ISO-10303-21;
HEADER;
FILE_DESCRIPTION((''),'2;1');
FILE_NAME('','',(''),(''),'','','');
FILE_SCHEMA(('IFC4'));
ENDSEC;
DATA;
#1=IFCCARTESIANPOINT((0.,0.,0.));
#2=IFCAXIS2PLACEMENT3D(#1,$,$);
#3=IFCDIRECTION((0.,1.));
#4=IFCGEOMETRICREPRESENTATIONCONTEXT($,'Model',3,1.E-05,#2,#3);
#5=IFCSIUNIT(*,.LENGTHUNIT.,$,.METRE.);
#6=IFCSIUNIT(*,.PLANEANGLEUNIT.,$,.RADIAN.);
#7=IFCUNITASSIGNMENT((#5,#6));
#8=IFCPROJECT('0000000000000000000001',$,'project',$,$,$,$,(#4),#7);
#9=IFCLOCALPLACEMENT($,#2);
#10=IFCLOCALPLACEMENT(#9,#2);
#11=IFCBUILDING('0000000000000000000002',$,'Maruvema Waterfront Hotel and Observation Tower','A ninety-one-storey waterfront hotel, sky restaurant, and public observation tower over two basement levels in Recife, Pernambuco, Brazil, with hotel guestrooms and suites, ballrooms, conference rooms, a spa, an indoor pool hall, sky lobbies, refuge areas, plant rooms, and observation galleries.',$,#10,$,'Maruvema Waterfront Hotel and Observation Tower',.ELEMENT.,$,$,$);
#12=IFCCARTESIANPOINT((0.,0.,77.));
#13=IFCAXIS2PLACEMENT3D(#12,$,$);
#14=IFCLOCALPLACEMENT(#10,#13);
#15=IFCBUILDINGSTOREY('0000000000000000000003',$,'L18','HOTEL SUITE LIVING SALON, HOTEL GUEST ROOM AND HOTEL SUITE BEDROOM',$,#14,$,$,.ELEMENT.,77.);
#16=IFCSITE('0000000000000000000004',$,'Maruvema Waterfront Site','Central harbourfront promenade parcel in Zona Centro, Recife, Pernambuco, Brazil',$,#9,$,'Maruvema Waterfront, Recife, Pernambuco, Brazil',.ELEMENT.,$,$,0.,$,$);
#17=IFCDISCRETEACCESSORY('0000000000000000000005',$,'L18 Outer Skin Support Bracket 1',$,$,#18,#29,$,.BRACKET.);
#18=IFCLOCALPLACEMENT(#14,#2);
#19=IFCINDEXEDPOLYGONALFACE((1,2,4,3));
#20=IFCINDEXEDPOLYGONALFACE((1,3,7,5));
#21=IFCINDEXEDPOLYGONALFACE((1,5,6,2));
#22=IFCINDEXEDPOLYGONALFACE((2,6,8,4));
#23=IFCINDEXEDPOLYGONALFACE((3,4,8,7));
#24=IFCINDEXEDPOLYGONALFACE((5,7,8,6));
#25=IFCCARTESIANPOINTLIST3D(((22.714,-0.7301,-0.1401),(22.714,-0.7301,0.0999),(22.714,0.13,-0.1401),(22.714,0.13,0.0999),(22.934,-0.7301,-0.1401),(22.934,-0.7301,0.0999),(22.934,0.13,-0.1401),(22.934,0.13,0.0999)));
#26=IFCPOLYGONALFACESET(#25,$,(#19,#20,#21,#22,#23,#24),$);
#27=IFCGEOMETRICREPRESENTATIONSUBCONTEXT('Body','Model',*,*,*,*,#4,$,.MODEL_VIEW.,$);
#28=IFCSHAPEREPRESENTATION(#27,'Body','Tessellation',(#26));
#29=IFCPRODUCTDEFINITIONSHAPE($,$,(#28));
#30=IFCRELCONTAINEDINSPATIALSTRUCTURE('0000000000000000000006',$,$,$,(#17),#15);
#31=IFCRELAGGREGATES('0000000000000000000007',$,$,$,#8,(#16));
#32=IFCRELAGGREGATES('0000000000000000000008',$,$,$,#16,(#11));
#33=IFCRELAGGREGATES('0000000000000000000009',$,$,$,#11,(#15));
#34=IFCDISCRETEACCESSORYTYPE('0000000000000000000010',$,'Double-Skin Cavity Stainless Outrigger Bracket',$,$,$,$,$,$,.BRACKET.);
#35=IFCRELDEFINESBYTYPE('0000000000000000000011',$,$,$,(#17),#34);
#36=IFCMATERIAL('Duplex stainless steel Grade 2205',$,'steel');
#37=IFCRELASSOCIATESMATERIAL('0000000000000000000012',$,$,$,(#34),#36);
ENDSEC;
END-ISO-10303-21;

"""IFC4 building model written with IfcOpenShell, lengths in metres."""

from ifc_helpers import new_model, si_unit, direction, frame, origin, origin_2d, place, context, subcontext, project, spatial, rectangle, extrude, material, type_object, element, save


model = new_model("IFC4")

# Units and contexts
model_context = context("Model", 3, precision=1e-05, world=origin(), true_north=direction((0.0, 1.0)))
body_context = subcontext(model_context, "Body", "Model", "MODEL_VIEW")
ifc_project = project(units=[si_unit("LENGTHUNIT", "METRE"), si_unit("PLANEANGLEUNIT", "RADIAN")], contexts=[model_context])

# Site, building, storey
site_placement = place(None, origin())
site = spatial("IfcSite", under=ifc_project, at=site_placement, Name="Maruvema Waterfront Site", Description="Central harbourfront promenade parcel in Zona Centro, Recife, Pernambuco, Brazil", LongName="Maruvema Waterfront, Recife, Pernambuco, Brazil", CompositionType="ELEMENT", RefElevation=0.0)
building_placement = place(site_placement, origin())
building = spatial("IfcBuilding", under=site, at=building_placement, Name="Maruvema Waterfront Hotel and Observation Tower", Description="A ninety-one-storey waterfront hotel, sky restaurant, and public observation tower over two basement levels in Recife, Pernambuco, Brazil, with hotel guestrooms and suites, ballrooms, conference rooms, a spa, an indoor pool hall, sky lobbies, refuge areas, plant rooms, and observation galleries.", LongName="Maruvema Waterfront Hotel and Observation Tower", CompositionType="ELEMENT")
storey_placement = place(building_placement, frame((0.0, 0.0, 77.0)))
storey = spatial("IfcBuildingStorey", under=building, at=storey_placement, Name="L18", Description="HOTEL SUITE LIVING SALON, HOTEL GUEST ROOM AND HOTEL SUITE BEDROOM", CompositionType="ELEMENT", Elevation=77.0)

# Discrete accessory
ifc_material_1 = material(Name="Duplex stainless steel Grade 2205", Category="steel")
discrete_accessory_type = type_object("IfcDiscreteAccessoryType", Name="Double-Skin Cavity Stainless Outrigger Bracket", PredefinedType="BRACKET", material=ifc_material_1)
discrete_accessory_placement = place(storey_placement, frame((22.824, -0.3, -0.1401), z_axis=(0.0, 0.0, 1.0), x_axis=(1.0, 0.0, 0.0)))
element("IfcDiscreteAccessory", 1, at=discrete_accessory_placement, inside=storey, type_object=discrete_accessory_type, Name="L18 Outer Skin Support Bracket 1", PredefinedType="BRACKET", context=body_context, shape_type="SweptSolid", body=[
    extrude(rectangle(XDim=0.22, YDim=0.8601, at=origin_2d()), origin(), (0.0, 0.0, 1.0), 0.24),
])

save(model, "model.ifc")
